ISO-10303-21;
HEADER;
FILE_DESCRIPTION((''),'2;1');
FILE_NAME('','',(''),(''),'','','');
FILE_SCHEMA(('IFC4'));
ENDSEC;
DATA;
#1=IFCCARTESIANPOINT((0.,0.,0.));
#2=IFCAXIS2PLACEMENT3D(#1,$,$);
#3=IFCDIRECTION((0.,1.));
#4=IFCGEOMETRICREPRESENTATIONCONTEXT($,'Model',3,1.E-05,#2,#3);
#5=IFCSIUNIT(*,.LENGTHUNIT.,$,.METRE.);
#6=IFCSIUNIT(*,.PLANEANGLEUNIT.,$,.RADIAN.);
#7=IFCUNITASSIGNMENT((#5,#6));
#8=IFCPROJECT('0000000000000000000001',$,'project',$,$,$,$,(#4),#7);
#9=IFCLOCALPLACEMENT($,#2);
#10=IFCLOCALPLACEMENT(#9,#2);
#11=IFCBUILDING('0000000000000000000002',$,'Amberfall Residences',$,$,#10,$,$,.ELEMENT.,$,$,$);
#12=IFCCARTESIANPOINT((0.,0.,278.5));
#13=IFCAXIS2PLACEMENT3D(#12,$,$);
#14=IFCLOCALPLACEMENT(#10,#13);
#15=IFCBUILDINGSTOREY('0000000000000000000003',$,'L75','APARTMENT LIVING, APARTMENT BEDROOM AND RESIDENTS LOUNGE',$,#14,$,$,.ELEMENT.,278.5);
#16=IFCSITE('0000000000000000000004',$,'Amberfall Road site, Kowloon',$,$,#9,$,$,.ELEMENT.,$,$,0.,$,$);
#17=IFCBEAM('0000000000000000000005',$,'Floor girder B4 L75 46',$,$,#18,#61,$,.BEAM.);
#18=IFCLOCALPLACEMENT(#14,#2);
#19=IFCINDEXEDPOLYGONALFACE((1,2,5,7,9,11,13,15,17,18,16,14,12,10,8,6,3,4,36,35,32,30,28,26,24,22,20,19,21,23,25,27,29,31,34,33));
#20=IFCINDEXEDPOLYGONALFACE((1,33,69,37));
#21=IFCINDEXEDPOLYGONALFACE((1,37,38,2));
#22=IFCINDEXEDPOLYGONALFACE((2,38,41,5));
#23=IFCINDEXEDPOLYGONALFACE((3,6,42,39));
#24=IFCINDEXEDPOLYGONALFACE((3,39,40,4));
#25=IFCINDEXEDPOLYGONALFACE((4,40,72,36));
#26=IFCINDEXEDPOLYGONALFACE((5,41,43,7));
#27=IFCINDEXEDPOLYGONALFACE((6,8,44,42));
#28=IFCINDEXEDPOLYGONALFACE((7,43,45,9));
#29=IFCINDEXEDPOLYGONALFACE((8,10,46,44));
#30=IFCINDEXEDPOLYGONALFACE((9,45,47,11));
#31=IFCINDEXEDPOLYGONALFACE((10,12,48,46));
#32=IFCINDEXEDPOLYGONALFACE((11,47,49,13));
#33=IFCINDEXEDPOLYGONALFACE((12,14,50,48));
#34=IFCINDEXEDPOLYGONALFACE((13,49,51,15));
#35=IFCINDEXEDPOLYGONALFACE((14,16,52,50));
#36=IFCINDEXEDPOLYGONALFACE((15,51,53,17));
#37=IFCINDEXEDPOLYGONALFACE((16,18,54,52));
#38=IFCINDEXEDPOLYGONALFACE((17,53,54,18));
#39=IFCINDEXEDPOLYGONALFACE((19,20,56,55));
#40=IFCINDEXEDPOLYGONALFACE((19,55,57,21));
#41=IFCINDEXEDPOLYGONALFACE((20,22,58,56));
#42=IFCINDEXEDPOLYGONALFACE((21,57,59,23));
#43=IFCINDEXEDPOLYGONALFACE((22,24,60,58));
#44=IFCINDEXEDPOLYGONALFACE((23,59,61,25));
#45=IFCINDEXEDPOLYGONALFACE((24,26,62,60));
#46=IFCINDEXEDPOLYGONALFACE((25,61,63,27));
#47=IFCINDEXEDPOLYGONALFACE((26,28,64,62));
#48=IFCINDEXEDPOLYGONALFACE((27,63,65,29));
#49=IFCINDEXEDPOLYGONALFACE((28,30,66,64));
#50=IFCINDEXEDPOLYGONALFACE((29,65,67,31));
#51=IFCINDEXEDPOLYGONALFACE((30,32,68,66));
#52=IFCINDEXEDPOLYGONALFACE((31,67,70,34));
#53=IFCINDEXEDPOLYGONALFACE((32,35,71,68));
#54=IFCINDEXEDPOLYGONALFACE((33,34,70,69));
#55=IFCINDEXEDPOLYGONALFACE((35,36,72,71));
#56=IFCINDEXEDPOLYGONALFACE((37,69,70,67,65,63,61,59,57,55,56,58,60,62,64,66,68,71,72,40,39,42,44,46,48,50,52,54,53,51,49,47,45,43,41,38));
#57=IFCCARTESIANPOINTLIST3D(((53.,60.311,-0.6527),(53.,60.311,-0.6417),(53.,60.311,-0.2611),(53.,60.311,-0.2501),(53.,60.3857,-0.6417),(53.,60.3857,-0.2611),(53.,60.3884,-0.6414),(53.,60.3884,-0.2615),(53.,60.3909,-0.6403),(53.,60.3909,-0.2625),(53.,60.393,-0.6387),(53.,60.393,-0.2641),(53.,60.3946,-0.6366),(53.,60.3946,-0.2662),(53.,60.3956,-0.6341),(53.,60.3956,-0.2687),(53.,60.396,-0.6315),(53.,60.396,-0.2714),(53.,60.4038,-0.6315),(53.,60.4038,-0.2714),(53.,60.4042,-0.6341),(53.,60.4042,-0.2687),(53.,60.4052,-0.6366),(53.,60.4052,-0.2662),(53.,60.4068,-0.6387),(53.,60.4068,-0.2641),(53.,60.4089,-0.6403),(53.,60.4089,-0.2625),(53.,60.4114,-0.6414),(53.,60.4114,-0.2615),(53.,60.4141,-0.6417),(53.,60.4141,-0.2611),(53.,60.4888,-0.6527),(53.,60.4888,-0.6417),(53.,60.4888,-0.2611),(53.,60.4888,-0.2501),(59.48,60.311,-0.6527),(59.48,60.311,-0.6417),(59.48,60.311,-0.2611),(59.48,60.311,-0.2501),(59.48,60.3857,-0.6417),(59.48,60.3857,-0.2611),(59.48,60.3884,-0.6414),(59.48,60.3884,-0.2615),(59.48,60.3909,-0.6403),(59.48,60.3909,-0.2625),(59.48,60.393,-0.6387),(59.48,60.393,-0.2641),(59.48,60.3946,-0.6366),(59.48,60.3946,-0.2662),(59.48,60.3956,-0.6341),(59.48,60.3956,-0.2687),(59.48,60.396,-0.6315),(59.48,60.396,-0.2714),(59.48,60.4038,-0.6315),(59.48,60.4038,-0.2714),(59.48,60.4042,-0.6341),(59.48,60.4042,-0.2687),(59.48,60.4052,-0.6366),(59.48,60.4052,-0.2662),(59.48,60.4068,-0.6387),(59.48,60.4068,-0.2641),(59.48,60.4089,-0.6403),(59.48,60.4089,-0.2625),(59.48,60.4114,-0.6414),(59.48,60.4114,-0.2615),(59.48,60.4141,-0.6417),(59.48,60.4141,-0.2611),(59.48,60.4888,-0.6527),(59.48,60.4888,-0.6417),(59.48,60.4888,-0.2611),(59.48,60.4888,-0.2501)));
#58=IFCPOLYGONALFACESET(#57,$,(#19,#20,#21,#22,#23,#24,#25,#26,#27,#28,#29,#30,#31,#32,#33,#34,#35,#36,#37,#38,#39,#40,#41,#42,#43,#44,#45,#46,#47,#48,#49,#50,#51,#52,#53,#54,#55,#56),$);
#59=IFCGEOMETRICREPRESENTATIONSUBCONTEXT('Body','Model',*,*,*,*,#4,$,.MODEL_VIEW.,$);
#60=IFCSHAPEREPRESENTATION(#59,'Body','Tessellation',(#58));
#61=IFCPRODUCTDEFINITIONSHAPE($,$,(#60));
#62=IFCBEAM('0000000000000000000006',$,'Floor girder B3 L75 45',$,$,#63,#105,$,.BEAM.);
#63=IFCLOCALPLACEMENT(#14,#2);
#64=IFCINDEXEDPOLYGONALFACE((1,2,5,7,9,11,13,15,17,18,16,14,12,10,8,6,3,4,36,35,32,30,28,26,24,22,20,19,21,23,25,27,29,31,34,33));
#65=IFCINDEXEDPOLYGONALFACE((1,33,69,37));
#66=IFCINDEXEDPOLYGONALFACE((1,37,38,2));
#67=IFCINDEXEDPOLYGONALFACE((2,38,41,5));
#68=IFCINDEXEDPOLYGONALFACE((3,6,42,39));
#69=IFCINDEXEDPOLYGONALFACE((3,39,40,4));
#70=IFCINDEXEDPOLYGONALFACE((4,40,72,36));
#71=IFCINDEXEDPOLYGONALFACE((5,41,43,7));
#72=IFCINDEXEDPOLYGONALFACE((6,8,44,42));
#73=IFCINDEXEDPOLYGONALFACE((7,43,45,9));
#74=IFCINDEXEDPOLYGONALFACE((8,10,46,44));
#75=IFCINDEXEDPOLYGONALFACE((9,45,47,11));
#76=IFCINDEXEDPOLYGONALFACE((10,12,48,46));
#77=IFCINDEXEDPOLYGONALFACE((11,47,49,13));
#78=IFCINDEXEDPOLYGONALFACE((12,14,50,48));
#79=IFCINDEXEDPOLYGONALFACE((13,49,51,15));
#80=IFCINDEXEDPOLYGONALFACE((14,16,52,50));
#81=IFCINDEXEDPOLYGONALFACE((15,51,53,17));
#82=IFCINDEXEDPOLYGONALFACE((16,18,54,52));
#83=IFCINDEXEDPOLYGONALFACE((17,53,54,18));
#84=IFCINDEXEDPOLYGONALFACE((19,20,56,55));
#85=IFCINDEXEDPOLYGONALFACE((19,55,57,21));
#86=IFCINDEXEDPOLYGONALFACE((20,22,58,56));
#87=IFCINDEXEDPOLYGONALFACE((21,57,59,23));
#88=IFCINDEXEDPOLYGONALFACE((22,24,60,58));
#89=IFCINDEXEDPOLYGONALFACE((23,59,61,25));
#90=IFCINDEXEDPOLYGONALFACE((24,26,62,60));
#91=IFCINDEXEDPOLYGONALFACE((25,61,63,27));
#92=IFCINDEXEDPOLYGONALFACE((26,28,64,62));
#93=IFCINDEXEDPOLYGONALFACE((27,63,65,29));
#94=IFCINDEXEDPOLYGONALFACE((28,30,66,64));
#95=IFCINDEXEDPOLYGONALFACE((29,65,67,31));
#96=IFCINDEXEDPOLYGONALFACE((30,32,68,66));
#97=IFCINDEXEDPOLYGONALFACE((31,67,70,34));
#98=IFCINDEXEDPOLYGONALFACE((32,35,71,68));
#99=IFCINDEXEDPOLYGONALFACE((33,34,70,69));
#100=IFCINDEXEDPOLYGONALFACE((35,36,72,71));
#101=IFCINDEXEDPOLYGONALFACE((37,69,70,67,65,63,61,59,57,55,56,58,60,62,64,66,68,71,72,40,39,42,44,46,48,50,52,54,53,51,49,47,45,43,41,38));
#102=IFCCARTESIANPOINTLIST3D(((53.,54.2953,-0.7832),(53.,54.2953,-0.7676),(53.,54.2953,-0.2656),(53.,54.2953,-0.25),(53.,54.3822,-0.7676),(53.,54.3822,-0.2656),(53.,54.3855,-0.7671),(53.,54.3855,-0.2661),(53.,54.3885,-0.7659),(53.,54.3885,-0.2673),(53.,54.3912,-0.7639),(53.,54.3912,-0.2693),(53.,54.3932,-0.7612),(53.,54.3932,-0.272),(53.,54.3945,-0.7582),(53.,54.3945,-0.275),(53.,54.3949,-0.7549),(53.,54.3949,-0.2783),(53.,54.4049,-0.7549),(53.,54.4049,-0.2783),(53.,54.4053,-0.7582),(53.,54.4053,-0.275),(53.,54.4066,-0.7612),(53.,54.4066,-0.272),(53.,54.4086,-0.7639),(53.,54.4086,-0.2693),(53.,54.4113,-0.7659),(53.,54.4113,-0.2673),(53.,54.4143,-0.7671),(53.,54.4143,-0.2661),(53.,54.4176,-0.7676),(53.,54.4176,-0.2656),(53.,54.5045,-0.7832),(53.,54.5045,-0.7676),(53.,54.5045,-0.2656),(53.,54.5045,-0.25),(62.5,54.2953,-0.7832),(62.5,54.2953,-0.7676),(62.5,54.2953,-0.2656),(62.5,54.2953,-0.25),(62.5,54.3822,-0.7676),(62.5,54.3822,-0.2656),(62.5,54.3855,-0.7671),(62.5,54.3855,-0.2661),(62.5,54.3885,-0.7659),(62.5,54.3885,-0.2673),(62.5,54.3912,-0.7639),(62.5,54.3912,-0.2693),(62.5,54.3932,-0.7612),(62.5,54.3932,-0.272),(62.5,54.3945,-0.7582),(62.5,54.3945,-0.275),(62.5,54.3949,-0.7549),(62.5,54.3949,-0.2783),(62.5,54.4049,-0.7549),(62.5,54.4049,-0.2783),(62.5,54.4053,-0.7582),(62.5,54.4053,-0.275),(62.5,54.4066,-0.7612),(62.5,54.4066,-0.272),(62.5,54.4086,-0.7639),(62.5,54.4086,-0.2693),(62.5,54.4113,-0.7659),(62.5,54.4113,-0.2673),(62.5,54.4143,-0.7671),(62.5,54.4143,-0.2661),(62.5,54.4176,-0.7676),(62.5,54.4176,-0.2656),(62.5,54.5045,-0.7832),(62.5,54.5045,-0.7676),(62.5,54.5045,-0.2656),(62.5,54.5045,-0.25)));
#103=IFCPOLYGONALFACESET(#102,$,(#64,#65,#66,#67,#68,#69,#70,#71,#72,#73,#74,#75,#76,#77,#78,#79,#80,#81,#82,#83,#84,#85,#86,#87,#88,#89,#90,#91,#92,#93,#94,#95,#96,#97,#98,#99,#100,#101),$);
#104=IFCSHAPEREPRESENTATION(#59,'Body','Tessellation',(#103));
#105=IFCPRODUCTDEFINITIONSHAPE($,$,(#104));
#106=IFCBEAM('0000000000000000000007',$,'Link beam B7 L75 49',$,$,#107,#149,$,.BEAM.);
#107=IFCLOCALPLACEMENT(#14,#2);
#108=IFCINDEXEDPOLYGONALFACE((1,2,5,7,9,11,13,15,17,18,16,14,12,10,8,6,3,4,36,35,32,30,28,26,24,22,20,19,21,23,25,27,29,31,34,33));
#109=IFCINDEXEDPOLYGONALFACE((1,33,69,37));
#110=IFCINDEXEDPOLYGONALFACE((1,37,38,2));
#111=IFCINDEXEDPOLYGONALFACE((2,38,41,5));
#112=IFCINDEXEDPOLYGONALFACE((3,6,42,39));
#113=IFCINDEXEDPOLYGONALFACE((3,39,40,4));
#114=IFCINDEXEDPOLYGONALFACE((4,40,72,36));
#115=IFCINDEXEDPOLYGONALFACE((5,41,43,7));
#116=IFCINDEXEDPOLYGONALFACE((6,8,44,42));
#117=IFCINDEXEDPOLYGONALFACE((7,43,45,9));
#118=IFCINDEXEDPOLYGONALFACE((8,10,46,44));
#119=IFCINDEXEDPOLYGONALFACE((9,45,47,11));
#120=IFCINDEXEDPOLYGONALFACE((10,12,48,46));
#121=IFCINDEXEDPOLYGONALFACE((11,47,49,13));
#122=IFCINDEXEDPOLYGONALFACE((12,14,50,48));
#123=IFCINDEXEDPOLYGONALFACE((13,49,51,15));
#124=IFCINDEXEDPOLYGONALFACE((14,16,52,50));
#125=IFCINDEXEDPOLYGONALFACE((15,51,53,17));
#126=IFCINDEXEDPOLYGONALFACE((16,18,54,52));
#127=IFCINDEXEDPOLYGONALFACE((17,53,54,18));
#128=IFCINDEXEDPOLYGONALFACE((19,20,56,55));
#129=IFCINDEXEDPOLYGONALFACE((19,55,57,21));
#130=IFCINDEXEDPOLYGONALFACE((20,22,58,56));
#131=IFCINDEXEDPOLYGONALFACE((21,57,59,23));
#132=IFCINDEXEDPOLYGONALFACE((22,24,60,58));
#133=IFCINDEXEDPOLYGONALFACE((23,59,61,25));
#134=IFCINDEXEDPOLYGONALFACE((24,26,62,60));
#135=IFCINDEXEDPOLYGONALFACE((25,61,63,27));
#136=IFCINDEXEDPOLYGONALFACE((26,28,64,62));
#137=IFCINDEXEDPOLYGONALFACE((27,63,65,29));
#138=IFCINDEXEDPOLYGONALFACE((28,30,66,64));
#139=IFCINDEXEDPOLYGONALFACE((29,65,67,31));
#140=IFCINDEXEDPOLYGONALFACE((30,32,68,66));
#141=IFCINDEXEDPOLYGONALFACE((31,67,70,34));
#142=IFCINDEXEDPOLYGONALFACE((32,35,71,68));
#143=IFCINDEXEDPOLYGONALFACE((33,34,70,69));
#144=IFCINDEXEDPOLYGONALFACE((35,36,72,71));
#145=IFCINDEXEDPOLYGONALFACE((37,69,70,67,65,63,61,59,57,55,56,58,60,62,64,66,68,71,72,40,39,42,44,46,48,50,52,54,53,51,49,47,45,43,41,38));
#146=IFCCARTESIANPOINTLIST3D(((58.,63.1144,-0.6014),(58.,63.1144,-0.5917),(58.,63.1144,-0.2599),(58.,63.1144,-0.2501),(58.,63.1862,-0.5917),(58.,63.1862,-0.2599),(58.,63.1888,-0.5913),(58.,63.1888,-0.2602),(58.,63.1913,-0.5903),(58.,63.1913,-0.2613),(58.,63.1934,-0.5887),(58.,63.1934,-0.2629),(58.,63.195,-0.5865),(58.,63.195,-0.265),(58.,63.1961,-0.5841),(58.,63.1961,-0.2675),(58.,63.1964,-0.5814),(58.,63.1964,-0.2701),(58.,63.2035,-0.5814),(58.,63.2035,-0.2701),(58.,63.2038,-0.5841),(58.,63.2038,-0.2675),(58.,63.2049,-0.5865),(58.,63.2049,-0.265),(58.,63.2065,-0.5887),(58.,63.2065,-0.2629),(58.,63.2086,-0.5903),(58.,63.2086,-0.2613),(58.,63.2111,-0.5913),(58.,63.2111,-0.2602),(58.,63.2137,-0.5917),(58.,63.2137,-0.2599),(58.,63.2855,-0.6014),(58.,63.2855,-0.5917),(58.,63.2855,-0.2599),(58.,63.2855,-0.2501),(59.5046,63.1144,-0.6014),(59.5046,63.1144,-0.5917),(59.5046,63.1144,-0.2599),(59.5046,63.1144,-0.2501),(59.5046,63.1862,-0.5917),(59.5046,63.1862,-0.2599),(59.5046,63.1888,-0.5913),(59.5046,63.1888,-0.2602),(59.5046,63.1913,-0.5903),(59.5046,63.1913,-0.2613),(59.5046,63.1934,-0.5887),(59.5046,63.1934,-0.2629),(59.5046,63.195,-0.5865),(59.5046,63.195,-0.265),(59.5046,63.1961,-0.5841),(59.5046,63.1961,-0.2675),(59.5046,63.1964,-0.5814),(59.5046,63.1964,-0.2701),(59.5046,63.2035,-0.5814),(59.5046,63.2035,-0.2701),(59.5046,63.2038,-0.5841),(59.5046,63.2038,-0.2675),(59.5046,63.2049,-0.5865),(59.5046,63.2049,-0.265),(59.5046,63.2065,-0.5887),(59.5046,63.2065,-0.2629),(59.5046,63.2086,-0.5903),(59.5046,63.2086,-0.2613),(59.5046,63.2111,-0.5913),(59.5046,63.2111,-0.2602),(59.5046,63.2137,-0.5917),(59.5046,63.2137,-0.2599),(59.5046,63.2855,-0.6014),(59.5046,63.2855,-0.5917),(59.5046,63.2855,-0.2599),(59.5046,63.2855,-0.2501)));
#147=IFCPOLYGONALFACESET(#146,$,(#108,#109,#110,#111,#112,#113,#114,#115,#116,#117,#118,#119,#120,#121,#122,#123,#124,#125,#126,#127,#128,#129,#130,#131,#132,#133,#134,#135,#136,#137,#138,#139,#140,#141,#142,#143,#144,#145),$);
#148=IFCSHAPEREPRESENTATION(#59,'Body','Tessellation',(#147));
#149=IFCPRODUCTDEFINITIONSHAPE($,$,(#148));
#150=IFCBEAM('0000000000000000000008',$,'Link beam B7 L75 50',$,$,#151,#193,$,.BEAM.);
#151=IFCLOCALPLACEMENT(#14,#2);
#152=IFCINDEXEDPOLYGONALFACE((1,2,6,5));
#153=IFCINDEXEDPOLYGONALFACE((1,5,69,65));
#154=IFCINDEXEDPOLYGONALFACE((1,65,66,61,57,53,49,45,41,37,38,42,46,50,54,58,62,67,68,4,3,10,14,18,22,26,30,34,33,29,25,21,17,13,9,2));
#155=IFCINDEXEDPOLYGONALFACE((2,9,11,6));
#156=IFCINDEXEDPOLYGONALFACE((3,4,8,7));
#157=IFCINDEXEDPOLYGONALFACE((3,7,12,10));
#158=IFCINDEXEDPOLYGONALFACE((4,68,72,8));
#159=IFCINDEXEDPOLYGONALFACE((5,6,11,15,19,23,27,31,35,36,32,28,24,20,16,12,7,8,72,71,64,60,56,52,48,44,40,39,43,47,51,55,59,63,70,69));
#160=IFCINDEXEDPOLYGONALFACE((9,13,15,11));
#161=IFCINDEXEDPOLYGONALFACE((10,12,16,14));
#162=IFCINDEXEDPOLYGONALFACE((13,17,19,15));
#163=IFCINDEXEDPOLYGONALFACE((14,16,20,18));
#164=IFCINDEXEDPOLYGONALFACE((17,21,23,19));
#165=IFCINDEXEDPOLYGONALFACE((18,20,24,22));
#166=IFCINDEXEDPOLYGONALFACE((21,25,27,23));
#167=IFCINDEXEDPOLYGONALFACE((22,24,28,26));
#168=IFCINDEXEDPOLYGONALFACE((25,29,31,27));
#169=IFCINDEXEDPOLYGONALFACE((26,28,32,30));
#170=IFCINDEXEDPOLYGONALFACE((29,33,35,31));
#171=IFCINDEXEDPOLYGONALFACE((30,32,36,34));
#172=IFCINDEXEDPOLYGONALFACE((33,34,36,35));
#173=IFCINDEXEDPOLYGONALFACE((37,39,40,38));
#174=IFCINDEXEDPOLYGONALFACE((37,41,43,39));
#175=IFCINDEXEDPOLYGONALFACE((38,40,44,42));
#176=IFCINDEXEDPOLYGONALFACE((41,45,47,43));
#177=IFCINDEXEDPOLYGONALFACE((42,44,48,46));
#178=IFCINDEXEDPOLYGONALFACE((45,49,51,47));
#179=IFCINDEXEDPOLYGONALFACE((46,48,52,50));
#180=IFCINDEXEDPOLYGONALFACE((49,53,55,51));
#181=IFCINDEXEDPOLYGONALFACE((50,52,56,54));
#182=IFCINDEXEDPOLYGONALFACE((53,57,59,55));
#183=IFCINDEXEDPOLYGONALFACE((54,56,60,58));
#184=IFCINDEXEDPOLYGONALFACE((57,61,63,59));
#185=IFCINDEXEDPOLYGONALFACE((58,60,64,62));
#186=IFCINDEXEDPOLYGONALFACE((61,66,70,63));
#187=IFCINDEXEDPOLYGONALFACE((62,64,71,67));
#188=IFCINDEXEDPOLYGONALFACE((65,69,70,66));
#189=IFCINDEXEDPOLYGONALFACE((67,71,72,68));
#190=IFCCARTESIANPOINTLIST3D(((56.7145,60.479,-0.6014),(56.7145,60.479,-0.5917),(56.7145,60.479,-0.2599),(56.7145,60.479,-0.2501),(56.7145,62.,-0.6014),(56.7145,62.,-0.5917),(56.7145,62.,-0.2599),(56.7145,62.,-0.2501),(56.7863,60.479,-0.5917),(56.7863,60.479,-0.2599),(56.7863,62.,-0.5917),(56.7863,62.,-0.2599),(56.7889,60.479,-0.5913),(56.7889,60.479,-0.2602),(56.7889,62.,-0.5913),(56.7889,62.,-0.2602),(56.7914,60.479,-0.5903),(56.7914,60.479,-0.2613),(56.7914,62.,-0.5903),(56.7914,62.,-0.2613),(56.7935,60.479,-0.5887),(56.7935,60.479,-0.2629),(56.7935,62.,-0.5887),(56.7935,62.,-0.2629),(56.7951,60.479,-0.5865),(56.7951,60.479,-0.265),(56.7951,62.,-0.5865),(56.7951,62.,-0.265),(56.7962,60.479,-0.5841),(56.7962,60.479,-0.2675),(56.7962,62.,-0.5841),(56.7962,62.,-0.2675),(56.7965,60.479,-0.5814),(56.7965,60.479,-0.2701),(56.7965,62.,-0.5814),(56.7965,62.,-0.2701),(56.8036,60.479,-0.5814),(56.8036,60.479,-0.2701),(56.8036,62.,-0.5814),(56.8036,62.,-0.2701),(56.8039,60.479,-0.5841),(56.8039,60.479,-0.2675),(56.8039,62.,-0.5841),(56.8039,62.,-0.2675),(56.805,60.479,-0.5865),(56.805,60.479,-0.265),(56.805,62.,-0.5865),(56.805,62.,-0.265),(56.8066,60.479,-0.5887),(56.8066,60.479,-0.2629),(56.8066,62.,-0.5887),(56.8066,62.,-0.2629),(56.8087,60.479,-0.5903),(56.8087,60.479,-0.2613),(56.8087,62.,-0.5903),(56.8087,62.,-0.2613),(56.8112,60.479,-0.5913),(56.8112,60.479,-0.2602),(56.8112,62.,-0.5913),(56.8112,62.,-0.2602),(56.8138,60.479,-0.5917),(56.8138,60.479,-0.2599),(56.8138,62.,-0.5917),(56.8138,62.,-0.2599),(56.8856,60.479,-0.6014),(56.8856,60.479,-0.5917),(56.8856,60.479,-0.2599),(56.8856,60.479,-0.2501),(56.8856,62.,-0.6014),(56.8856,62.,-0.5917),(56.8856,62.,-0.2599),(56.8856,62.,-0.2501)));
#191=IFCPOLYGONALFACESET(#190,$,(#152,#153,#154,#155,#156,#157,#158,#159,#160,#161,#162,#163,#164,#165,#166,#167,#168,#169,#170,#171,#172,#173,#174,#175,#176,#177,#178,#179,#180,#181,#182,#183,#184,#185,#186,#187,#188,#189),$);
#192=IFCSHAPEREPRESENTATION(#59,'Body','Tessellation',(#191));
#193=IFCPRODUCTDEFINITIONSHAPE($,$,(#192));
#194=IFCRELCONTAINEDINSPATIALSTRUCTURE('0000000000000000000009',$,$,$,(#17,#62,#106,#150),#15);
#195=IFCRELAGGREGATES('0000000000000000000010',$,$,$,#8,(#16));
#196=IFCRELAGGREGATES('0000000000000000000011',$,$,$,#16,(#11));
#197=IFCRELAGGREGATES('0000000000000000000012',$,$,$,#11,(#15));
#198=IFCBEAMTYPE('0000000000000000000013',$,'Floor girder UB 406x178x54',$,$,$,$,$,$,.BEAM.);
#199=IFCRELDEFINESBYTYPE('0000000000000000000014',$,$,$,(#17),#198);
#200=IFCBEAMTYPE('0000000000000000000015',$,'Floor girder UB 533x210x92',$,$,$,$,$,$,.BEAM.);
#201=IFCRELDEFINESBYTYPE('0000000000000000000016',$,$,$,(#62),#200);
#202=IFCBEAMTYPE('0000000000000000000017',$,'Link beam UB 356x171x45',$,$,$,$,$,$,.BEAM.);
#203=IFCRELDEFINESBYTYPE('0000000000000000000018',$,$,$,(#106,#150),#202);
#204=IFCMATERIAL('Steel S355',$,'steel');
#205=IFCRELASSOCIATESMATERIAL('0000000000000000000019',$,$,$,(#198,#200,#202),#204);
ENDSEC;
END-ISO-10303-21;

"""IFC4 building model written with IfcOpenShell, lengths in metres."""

from ifc_helpers import new_model, si_unit, direction, frame, origin, origin_2d, place, context, subcontext, project, spatial, i_section, extrude, material, material_profile, profile_set, type_object, element, save


model = new_model("IFC4")

# Units and contexts
model_context = context("Model", 3, precision=1e-05, world=origin(), true_north=direction((0.0, 1.0)))
body_context = subcontext(model_context, "Body", "Model", "MODEL_VIEW")
ifc_project = project(units=[si_unit("LENGTHUNIT", "METRE"), si_unit("PLANEANGLEUNIT", "RADIAN")], contexts=[model_context])

# Site, building, storey
site_placement = place(None, origin())
site = spatial("IfcSite", under=ifc_project, at=site_placement, Name="Amberfall Road site, Kowloon", CompositionType="ELEMENT", RefElevation=0.0)
building_placement = place(site_placement, origin())
building = spatial("IfcBuilding", under=site, at=building_placement, Name="Amberfall Residences", CompositionType="ELEMENT")
storey_placement = place(building_placement, frame((0.0, 0.0, 278.5)))
storey = spatial("IfcBuildingStorey", under=building, at=storey_placement, Name="L75", Description="APARTMENT LIVING, APARTMENT BEDROOM AND RESIDENTS LOUNGE", CompositionType="ELEMENT", Elevation=278.5)

# Shared definitions
ifc_material_1 = material(Name="Steel S355", Category="steel")

# Beams
ifc_material_profile_1 = material_profile(ifc_material_1, i_section(OverallWidth=0.1777, OverallDepth=0.4026, WebThickness=0.0078, FlangeThickness=0.011, FilletRadius=0.0103, at=origin_2d()), Name="UB 406x178x54")
ifc_profile_set_1 = profile_set([ifc_material_profile_1], Name="Steel S355")
beam_type_1 = type_object("IfcBeamType", Name="Floor girder UB 406x178x54", PredefinedType="BEAM", material=ifc_profile_set_1)
beam_1_placement = place(storey_placement, frame((53.0, 60.3999, -0.4514), z_axis=(1.0, 0.0, 0.0), x_axis=(0.0, 1.0, 0.0)))
element("IfcBeam", 1, at=beam_1_placement, inside=storey, type_object=beam_type_1, Name="Floor girder B4 L75 46", PredefinedType="BEAM", context=body_context, shape_type="SweptSolid", body=[
    extrude(i_section(OverallWidth=0.1777, OverallDepth=0.4026, WebThickness=0.0078, FlangeThickness=0.011, FilletRadius=0.0103, at=origin_2d()), origin(), (0.0, 0.0, 1.0), 6.48),
])
ifc_material_profile_2 = material_profile(ifc_material_1, i_section(OverallWidth=0.2092, OverallDepth=0.5332, WebThickness=0.01, FlangeThickness=0.0156, FilletRadius=0.0127, at=origin_2d()), Name="UB 533x210x92")
ifc_profile_set_2 = profile_set([ifc_material_profile_2], Name="Steel S355")
beam_type_2 = type_object("IfcBeamType", Name="Floor girder UB 533x210x92", PredefinedType="BEAM", material=ifc_profile_set_2)
beam_2_placement = place(storey_placement, frame((53.0, 54.3999, -0.5166), z_axis=(1.0, 0.0, 0.0), x_axis=(0.0, 1.0, 0.0)))
element("IfcBeam", 2, at=beam_2_placement, inside=storey, type_object=beam_type_2, Name="Floor girder B3 L75 45", PredefinedType="BEAM", context=body_context, shape_type="SweptSolid", body=[
    extrude(i_section(OverallWidth=0.2092, OverallDepth=0.5332, WebThickness=0.01, FlangeThickness=0.0156, FilletRadius=0.0127, at=origin_2d()), origin(), (0.0, 0.0, 1.0), 9.5),
])
ifc_material_profile_3 = material_profile(ifc_material_1, i_section(OverallWidth=0.1711, OverallDepth=0.3513, WebThickness=0.0071, FlangeThickness=0.0098, FilletRadius=0.0103, at=origin_2d()), Name="UB 356x171x45")
ifc_profile_set_3 = profile_set([ifc_material_profile_3], Name="Steel S355")
beam_type_3 = type_object("IfcBeamType", Name="Link beam UB 356x171x45", PredefinedType="BEAM", material=ifc_profile_set_3)
beam_3_placement = place(storey_placement, frame((58.0, 63.2, -0.4258), z_axis=(1.0, 0.0, 0.0), x_axis=(0.0, 1.0, 0.0)))
element("IfcBeam", 3, at=beam_3_placement, inside=storey, type_object=beam_type_3, Name="Link beam B7 L75 49", PredefinedType="BEAM", context=body_context, shape_type="SweptSolid", body=[
    extrude(i_section(OverallWidth=0.1711, OverallDepth=0.3513, WebThickness=0.0071, FlangeThickness=0.0098, FilletRadius=0.0103, at=origin_2d()), origin(), (0.0, 0.0, 1.0), 1.5046),
])
beam_4_placement = place(storey_placement, frame((56.8, 62.0, -0.4258), z_axis=(0.0, -1.0, 0.0), x_axis=(1.0, 0.0, 0.0)))
element("IfcBeam", 4, at=beam_4_placement, inside=storey, type_object=beam_type_3, Name="Link beam B7 L75 50", PredefinedType="BEAM", context=body_context, shape_type="SweptSolid", body=[
    extrude(i_section(OverallWidth=0.1711, OverallDepth=0.3513, WebThickness=0.0071, FlangeThickness=0.0098, FilletRadius=0.0103, at=origin_2d()), origin(), (0.0, 0.0, 1.0), 1.521),
])

save(model, "model.ifc")
